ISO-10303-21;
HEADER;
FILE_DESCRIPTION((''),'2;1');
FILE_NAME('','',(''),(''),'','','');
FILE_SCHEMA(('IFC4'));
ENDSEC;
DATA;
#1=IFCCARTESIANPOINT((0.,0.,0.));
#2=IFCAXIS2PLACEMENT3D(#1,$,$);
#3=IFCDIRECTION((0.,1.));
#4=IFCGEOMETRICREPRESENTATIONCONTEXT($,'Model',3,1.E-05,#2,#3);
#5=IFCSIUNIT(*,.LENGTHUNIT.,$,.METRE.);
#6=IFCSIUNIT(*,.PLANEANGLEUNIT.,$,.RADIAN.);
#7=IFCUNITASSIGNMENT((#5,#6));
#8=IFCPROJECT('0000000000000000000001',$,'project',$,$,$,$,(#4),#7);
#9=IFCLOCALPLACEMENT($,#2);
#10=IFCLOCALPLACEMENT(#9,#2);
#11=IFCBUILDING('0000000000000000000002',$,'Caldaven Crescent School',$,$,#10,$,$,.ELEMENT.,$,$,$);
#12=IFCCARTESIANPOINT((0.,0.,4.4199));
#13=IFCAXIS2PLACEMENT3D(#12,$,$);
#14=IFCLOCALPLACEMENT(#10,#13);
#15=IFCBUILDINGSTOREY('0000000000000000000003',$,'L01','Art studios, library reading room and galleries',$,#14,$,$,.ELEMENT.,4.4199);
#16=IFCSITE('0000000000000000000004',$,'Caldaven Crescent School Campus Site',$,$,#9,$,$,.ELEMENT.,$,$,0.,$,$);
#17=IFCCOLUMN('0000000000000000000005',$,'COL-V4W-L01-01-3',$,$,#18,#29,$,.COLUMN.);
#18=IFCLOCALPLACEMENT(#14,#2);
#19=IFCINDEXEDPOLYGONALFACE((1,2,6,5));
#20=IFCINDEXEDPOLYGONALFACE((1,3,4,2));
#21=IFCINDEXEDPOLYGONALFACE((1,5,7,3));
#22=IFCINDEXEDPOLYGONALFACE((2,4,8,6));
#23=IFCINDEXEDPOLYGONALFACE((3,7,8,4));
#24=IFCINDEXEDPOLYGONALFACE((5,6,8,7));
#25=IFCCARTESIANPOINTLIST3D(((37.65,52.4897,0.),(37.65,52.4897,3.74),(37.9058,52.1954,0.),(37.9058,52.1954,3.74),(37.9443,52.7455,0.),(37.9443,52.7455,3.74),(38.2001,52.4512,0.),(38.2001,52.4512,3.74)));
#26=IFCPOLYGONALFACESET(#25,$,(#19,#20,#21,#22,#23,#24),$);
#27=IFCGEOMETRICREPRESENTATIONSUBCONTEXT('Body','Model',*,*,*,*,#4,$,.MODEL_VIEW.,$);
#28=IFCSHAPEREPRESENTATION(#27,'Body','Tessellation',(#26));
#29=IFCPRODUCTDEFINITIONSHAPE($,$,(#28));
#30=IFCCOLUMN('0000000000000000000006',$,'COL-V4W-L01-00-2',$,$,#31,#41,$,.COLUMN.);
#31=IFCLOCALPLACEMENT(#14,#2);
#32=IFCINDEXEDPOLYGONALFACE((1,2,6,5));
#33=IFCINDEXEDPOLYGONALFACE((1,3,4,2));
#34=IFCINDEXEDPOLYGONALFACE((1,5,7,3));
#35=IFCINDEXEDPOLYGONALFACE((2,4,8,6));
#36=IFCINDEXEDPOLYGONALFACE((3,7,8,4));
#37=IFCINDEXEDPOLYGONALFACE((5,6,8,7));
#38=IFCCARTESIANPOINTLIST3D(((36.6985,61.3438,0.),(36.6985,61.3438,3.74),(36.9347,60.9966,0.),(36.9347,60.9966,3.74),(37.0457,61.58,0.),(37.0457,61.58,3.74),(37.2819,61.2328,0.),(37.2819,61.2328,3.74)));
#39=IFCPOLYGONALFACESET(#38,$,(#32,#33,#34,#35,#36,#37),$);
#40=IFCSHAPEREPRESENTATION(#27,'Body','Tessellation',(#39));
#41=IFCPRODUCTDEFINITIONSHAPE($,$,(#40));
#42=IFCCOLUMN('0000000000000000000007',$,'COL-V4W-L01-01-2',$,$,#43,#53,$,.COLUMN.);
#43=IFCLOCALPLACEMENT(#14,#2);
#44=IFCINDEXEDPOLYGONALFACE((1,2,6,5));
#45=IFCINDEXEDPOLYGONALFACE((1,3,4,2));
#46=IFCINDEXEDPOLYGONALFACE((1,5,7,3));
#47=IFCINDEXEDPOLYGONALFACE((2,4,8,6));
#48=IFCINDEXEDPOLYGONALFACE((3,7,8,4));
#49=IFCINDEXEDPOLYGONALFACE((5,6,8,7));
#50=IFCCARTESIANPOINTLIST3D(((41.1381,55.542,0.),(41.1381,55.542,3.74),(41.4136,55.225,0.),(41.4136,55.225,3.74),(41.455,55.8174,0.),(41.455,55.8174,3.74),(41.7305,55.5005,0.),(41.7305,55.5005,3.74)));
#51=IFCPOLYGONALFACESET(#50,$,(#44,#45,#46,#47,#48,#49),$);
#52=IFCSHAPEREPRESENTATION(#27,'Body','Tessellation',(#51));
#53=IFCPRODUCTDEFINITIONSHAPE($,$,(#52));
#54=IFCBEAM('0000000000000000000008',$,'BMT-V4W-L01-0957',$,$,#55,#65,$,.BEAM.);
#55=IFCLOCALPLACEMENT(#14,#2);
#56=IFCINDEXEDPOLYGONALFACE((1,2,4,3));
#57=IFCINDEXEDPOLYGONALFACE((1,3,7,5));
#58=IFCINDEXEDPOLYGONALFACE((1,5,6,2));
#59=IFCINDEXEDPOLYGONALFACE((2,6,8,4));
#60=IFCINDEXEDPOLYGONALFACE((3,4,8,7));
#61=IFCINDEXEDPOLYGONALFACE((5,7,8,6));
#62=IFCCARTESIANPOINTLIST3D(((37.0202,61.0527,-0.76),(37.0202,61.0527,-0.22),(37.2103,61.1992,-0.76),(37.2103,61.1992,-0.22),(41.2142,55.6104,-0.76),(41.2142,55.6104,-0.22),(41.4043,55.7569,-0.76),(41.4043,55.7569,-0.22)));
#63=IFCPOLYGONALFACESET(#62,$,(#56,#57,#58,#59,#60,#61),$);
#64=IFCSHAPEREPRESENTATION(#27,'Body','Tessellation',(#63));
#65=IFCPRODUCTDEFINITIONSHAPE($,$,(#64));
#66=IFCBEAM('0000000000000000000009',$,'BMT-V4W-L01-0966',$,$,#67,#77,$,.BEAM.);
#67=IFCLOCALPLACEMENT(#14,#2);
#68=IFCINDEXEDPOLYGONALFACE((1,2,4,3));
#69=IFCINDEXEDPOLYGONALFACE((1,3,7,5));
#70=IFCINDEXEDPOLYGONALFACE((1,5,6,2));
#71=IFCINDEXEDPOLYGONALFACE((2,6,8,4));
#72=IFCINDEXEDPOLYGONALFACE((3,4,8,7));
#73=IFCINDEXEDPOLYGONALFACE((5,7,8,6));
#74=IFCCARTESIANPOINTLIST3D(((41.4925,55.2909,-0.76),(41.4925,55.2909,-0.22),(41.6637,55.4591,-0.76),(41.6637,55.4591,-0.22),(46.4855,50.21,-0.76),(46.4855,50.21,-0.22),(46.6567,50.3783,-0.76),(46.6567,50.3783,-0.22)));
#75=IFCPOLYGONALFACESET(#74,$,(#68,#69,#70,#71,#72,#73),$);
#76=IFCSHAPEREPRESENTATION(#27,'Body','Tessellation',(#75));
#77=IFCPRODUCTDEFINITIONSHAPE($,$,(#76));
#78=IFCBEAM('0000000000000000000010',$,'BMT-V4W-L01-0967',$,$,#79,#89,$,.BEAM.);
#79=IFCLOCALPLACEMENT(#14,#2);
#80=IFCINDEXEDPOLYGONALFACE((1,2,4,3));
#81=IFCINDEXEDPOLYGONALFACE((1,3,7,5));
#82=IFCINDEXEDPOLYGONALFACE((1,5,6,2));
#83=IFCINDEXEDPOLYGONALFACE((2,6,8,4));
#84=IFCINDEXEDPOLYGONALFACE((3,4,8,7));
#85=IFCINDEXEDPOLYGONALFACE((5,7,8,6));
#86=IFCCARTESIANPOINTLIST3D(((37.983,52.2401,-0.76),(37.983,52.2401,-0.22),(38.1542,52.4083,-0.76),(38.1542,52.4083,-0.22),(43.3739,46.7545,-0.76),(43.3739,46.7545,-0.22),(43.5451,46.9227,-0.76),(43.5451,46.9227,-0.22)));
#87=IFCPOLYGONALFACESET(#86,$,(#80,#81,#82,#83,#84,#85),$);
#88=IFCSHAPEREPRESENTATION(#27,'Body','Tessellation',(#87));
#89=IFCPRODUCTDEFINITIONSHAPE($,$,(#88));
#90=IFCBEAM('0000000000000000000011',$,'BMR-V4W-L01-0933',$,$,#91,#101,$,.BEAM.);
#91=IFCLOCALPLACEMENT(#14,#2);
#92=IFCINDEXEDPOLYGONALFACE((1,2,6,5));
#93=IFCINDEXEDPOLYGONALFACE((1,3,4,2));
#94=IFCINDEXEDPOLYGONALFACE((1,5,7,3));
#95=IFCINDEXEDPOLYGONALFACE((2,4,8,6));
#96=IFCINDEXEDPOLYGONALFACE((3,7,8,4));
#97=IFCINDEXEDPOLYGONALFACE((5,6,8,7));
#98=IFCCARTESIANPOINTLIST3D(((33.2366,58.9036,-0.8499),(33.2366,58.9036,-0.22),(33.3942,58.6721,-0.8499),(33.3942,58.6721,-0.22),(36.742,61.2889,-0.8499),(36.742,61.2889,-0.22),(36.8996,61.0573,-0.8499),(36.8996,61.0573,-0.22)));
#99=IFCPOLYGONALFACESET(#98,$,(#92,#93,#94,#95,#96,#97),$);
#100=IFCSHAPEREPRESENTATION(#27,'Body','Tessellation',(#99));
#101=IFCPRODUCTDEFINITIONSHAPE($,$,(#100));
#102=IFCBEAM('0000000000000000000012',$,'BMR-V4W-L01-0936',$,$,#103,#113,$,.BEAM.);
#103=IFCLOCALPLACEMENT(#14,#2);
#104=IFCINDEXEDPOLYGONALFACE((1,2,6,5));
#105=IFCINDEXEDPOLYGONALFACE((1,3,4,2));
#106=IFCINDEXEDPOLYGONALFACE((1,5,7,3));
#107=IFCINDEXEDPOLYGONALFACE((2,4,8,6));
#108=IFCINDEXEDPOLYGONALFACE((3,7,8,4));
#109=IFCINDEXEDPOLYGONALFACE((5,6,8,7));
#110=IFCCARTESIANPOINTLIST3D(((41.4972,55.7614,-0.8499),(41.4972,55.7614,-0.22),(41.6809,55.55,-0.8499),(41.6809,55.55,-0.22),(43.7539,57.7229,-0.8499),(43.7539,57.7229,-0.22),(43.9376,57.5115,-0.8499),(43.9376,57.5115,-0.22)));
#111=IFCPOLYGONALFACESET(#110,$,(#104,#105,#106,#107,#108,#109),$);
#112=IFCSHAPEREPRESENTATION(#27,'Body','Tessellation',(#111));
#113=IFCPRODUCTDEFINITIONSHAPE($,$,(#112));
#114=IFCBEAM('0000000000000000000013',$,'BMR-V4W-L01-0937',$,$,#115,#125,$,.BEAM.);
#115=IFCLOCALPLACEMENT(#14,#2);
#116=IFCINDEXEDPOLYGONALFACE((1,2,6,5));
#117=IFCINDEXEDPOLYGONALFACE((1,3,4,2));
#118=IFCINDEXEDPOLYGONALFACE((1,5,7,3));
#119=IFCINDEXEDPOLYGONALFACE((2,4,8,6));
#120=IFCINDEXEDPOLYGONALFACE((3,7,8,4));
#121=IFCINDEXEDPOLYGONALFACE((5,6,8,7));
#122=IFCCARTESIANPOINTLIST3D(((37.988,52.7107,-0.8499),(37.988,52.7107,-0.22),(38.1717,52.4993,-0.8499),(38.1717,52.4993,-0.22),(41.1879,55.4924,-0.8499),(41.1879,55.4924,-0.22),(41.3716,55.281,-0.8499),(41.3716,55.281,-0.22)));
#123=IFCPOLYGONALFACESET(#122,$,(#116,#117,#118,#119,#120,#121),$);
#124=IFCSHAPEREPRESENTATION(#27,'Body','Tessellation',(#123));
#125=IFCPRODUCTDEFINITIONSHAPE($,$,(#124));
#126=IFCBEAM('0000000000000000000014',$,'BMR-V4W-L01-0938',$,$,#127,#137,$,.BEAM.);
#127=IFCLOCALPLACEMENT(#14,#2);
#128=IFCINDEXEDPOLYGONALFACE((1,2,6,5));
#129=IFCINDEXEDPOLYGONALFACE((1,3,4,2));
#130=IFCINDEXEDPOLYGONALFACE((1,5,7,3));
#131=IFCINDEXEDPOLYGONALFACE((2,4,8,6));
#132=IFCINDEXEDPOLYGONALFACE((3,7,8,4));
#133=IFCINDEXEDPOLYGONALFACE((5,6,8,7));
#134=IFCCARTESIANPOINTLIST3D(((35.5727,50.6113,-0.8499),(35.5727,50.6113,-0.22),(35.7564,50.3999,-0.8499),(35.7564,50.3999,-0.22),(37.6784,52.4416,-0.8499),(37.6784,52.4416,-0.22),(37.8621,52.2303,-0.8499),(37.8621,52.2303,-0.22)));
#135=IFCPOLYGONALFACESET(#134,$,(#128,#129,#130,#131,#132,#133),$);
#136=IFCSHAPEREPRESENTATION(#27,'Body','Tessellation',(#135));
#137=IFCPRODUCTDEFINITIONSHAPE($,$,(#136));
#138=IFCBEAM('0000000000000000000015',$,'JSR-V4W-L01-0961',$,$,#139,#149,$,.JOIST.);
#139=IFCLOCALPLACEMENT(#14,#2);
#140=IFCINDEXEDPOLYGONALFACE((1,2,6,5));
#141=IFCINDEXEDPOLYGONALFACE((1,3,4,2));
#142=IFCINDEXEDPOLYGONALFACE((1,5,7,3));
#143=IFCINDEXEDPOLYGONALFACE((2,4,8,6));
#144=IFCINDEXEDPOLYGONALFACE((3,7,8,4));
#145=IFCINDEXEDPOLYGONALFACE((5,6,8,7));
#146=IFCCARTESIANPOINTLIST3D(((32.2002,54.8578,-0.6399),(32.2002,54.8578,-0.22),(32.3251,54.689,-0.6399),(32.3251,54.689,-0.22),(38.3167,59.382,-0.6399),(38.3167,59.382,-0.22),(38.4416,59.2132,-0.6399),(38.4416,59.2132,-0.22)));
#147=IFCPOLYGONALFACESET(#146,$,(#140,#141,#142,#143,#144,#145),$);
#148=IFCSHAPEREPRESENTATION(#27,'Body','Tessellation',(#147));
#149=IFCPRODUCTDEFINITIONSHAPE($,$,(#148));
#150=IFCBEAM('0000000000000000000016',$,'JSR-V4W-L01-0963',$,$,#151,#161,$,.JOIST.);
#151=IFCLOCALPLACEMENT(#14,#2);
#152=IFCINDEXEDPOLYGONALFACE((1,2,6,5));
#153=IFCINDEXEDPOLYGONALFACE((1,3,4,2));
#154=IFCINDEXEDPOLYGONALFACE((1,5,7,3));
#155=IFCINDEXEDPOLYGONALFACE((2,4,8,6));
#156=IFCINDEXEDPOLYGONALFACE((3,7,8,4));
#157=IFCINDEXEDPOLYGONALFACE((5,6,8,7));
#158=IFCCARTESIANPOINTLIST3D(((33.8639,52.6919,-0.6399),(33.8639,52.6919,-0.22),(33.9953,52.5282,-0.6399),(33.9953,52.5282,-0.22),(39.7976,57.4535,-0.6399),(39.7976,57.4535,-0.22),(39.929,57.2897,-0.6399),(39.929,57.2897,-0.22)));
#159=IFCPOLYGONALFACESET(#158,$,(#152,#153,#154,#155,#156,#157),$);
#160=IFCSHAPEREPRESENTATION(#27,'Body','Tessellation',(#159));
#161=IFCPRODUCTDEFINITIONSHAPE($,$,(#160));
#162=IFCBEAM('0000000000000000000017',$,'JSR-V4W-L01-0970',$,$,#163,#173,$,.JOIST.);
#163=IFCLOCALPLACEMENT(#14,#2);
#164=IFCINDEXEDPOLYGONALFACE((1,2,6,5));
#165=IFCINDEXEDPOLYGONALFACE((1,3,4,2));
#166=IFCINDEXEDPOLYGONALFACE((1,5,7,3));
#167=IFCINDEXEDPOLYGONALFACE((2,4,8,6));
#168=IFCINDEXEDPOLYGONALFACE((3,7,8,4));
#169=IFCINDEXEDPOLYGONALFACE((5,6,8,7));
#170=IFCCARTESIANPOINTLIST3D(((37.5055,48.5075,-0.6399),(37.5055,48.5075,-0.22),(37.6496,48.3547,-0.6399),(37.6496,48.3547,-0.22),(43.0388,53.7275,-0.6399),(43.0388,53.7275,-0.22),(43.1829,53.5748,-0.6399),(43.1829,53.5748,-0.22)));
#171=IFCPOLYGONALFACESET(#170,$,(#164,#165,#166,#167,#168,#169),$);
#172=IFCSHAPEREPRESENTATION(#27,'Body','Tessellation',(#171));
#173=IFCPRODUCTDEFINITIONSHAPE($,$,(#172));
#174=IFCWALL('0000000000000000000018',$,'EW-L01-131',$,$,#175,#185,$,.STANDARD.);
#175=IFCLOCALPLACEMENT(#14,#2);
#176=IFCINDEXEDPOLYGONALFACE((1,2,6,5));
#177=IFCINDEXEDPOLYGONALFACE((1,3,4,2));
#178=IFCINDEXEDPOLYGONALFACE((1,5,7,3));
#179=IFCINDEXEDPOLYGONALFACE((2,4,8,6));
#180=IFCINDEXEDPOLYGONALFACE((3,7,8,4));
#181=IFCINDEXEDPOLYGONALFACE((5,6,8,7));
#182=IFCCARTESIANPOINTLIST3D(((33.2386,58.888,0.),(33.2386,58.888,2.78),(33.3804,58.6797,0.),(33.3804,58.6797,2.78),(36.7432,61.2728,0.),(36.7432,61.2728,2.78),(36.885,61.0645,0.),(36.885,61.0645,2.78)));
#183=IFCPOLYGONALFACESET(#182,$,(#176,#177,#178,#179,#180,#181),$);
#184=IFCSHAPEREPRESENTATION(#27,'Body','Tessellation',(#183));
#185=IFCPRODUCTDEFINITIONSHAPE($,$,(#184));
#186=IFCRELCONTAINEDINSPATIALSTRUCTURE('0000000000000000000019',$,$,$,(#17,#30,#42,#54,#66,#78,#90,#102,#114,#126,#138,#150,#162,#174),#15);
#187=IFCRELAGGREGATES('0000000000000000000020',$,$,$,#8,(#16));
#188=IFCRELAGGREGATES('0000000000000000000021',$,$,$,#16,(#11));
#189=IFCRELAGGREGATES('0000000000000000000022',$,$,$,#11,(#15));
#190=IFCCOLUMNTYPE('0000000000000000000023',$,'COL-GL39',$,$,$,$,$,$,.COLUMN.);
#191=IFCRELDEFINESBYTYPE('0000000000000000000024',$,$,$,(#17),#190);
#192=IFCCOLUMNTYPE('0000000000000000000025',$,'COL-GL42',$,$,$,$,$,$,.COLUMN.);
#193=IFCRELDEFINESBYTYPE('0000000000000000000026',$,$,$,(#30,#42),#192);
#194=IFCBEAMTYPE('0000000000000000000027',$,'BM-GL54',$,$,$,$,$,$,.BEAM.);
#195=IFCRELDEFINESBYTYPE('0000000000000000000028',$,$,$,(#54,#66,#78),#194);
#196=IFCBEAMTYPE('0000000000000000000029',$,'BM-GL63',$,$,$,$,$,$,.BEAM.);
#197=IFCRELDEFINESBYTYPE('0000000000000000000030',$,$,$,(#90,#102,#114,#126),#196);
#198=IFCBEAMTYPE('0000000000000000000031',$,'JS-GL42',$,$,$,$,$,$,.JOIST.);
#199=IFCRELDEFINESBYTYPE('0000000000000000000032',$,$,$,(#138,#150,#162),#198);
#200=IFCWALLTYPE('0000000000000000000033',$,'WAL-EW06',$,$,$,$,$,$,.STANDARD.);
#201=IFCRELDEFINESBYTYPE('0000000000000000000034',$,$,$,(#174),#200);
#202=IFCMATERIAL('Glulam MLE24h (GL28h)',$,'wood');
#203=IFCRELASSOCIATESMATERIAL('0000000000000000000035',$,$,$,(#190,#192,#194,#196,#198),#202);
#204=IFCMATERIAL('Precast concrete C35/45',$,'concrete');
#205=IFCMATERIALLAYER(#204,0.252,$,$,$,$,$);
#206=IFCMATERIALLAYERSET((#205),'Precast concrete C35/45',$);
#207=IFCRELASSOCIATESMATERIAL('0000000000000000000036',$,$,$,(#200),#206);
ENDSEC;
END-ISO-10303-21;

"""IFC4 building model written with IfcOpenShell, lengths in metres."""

from ifc_helpers import new_model, si_unit, direction, frame, frame_2d, origin, origin_2d, place, context, subcontext, project, spatial, rectangle, extrude, material, layer, layer_set, material_profile, profile_set, type_object, element, save


model = new_model("IFC4")

# Units and contexts
model_context = context("Model", 3, precision=1e-05, world=origin(), true_north=direction((0.0, 1.0)))
body_context = subcontext(model_context, "Body", "Model", "MODEL_VIEW")
ifc_project = project(units=[si_unit("LENGTHUNIT", "METRE"), si_unit("PLANEANGLEUNIT", "RADIAN")], contexts=[model_context])

# Site, building, storey
site_placement = place(None, origin())
site = spatial("IfcSite", under=ifc_project, at=site_placement, Name="Caldaven Crescent School Campus Site", CompositionType="ELEMENT", RefElevation=0.0)
building_placement = place(site_placement, origin())
building = spatial("IfcBuilding", under=site, at=building_placement, Name="Caldaven Crescent School", CompositionType="ELEMENT")
storey_placement = place(building_placement, frame((0.0, 0.0, 4.4199)))
storey = spatial("IfcBuildingStorey", under=building, at=storey_placement, Name="L01", Description="Art studios, library reading room and galleries", CompositionType="ELEMENT", Elevation=4.4199)

# Columns
ifc_material_1 = material(Name="Glulam MLE24h (GL28h)", Category="wood")
ifc_material_profile_1 = material_profile(ifc_material_1, rectangle(XDim=0.3899, YDim=0.3899, at=origin_2d()), Name="MLE 390x390")
ifc_profile_set_1 = profile_set([ifc_material_profile_1], Name="Glulam MLE24h (GL28h)")
column_type_1 = type_object("IfcColumnType", Name="COL-GL39", PredefinedType="COLUMN", material=ifc_profile_set_1)
column_placement = place(storey_placement, frame((37.925, 52.4705, 0.0), z_axis=(0.0, 0.0, 1.0), x_axis=(-0.75471, -0.656059, 0.0)))
element("IfcColumn", 1, at=column_placement, inside=storey, type_object=column_type_1, Name="COL-V4W-L01-01-3", PredefinedType="COLUMN", context=body_context, shape_type="SweptSolid", body=[
    extrude(rectangle(XDim=0.3899, YDim=0.3899, at=origin_2d()), origin(), (0.0, 0.0, 1.0), 3.74),
])
ifc_material_profile_2 = material_profile(ifc_material_1, rectangle(XDim=0.4199, YDim=0.4199, at=origin_2d()), Name="MLE 420x420")
ifc_profile_set_2 = profile_set([ifc_material_profile_2], Name="Glulam MLE24h (GL28h)")
column_type_2 = type_object("IfcColumnType", Name="COL-GL42", PredefinedType="COLUMN", material=ifc_profile_set_2)
for number, where, z_axis, x_axis, name in (
    (2, (36.9902, 61.2883, 0.0), (0.0, 0.0, 1.0), (-0.826786, -0.562516, 0.0), "COL-V4W-L01-00-2"),
    (3, (41.4343, 55.5212, 0.0), (0.0, 0.0, 1.0), (-0.75471, -0.656059, 0.0), "COL-V4W-L01-01-2"),
):
    element("IfcColumn", number, at=place(storey_placement, frame(where, z_axis=z_axis, x_axis=x_axis)), inside=storey, type_object=column_type_2, Name=name, PredefinedType="COLUMN", context=body_context, shape_type="SweptSolid", body=[
        extrude(rectangle(XDim=0.4199, YDim=0.4199, at=origin_2d()), origin(), (0.0, 0.0, 1.0), 3.74),
    ])

# Beams
ifc_material_profile_3 = material_profile(ifc_material_1, rectangle(XDim=0.24, YDim=0.54, at=origin_2d()), Name="MLE 240x540")
ifc_profile_set_3 = profile_set([ifc_material_profile_3], Name="Glulam MLE24h (GL28h)")
beam_type_1 = type_object("IfcBeamType", Name="BM-GL54", PredefinedType="BEAM", material=ifc_profile_set_3)
beam_1_placement = place(storey_placement, frame((37.1152, 61.126, -0.49), z_axis=(0.610409, -0.792086, 0.0), x_axis=(0.792086, 0.610409, 0.0)))
element("IfcBeam", 4, at=beam_1_placement, inside=storey, type_object=beam_type_1, Name="BMT-V4W-L01-0957", PredefinedType="BEAM", context=body_context, shape_type="SweptSolid", body=[
    extrude(rectangle(XDim=0.24, YDim=0.54, at=origin_2d()), origin(), (0.0, 0.0, 1.0), 6.8708),
])
beam_2_placement = place(storey_placement, frame((41.5781, 55.375, -0.49), z_axis=(0.700911, -0.713249, 0.0), x_axis=(0.713249, 0.700911, 0.0)))
element("IfcBeam", 5, at=beam_2_placement, inside=storey, type_object=beam_type_1, Name="BMT-V4W-L01-0966", PredefinedType="BEAM", context=body_context, shape_type="SweptSolid", body=[
    extrude(rectangle(XDim=0.24, YDim=0.54, at=origin_2d()), origin(), (0.0, 0.0, 1.0), 7.1235),
])
beam_3_placement = place(storey_placement, frame((38.0686, 52.3242, -0.49), z_axis=(0.700922, -0.713238, 0.0), x_axis=(0.713238, 0.700922, 0.0)))
element("IfcBeam", 6, at=beam_3_placement, inside=storey, type_object=beam_type_1, Name="BMT-V4W-L01-0967", PredefinedType="BEAM", context=body_context, shape_type="SweptSolid", body=[
    extrude(rectangle(XDim=0.24, YDim=0.54, at=origin_2d()), origin(), (0.0, 0.0, 1.0), 7.6912),
])
ifc_material_profile_4 = material_profile(ifc_material_1, rectangle(XDim=0.28, YDim=0.6299, at=origin_2d()), Name="MLE 280x630")
ifc_profile_set_4 = profile_set([ifc_material_profile_4], Name="Glulam MLE24h (GL28h)")
beam_type_2 = type_object("IfcBeamType", Name="BM-GL63", PredefinedType="BEAM", material=ifc_profile_set_4)
beam_4_placement = place(storey_placement, frame((36.8208, 61.1731, -0.5349), z_axis=(-0.826751, -0.562568, 0.0), x_axis=(0.562568, -0.826751, 0.0)))
element("IfcBeam", 7, at=beam_4_placement, inside=storey, type_object=beam_type_2, Name="BMR-V4W-L01-0933", PredefinedType="BEAM", context=body_context, shape_type="SweptSolid", body=[
    extrude(rectangle(XDim=0.28, YDim=0.6299, at=origin_2d()), origin(), (0.0, 0.0, 1.0), 4.24),
])
beam_5_placement = place(storey_placement, frame((43.8457, 57.6172, -0.5349), z_axis=(-0.754743, -0.656021, 0.0), x_axis=(0.656021, -0.754743, 0.0)))
element("IfcBeam", 8, at=beam_5_placement, inside=storey, type_object=beam_type_2, Name="BMR-V4W-L01-0936", PredefinedType="BEAM", context=body_context, shape_type="SweptSolid", body=[
    extrude(rectangle(XDim=0.28, YDim=0.6299, at=origin_2d()), origin(), (0.0, 0.0, 1.0), 2.99),
])
beam_6_placement = place(storey_placement, frame((41.2798, 55.3867, -0.5349), z_axis=(-0.754702, -0.656068, 0.0), x_axis=(0.656068, -0.754702, 0.0)))
element("IfcBeam", 9, at=beam_6_placement, inside=storey, type_object=beam_type_2, Name="BMR-V4W-L01-0937", PredefinedType="BEAM", context=body_context, shape_type="SweptSolid", body=[
    extrude(rectangle(XDim=0.28, YDim=0.6299, at=origin_2d()), origin(), (0.0, 0.0, 1.0), 4.24),
])
beam_7_placement = place(storey_placement, frame((37.7703, 52.3359, -0.5349), z_axis=(-0.754735, -0.656029, 0.0), x_axis=(0.656029, -0.754735, 0.0)))
element("IfcBeam", 10, at=beam_7_placement, inside=storey, type_object=beam_type_2, Name="BMR-V4W-L01-0938", PredefinedType="BEAM", context=body_context, shape_type="SweptSolid", body=[
    extrude(rectangle(XDim=0.28, YDim=0.6299, at=origin_2d()), origin(), (0.0, 0.0, 1.0), 2.79),
])
ifc_material_profile_5 = material_profile(ifc_material_1, rectangle(XDim=0.21, YDim=0.4199, at=origin_2d()), Name="MLE 210x420")
ifc_profile_set_5 = profile_set([ifc_material_profile_5], Name="Glulam MLE24h (GL28h)")
beam_type_3 = type_object("IfcBeamType", Name="JS-GL42", PredefinedType="JOIST", material=ifc_profile_set_5)
for number, where, z_axis, x_axis, name in (
    (11, (38.3792, 59.2976, -0.4299), (-0.803968, -0.594673, 0.0), (0.594673, -0.803968, 0.0), "JSR-V4W-L01-0961"),
    (12, (39.8633, 57.3716, -0.4299), (-0.779932, -0.625864, 0.0), (0.625864, -0.779932, 0.0), "JSR-V4W-L01-0963"),
):
    element("IfcBeam", number, at=place(storey_placement, frame(where, z_axis=z_axis, x_axis=x_axis)), inside=storey, type_object=beam_type_3, Name=name, PredefinedType="JOIST", context=body_context, shape_type="SweptSolid", body=[
        extrude(rectangle(XDim=0.21, YDim=0.4199, at=origin_2d()), origin(), (0.0, 0.0, 1.0), 7.6079),
    ])
beam_8_placement = place(storey_placement, frame((43.1108, 53.6511, -0.4299), z_axis=(-0.727396, -0.686218, 0.0), x_axis=(0.686218, -0.727396, 0.0)))
element("IfcBeam", 13, at=beam_8_placement, inside=storey, type_object=beam_type_3, Name="JSR-V4W-L01-0970", PredefinedType="JOIST", context=body_context, shape_type="SweptSolid", body=[
    extrude(rectangle(XDim=0.21, YDim=0.4199, at=origin_2d()), origin(), (0.0, 0.0, 1.0), 7.6069),
])

# Wall
ifc_material_2 = material(Name="Precast concrete C35/45", Category="concrete")
ifc_layer_1 = layer(ifc_material_2, 0.252)
ifc_layer_set_1 = layer_set([ifc_layer_1], Name="Precast concrete C35/45")
wall_type_1 = type_object("IfcWallType", Name="WAL-EW06", PredefinedType="STANDARD", material=ifc_layer_set_1)
wall_1_placement = place(storey_placement, frame((36.8142, 61.1687, 0.0), z_axis=(0.0, 0.0, 1.0), x_axis=(-0.82675, -0.56257, 0.0)))
element("IfcWall", 14, at=wall_1_placement, inside=storey, type_object=wall_type_1, Name="EW-L01-131", PredefinedType="STANDARD", context=body_context, shape_type="SweptSolid", body=[
    extrude(rectangle(XDim=4.239, YDim=0.252, at=frame_2d((2.1196, 0.0))), origin(), (0.0, 0.0, 1.0), 2.78),
])

save(model, "model.ifc")
